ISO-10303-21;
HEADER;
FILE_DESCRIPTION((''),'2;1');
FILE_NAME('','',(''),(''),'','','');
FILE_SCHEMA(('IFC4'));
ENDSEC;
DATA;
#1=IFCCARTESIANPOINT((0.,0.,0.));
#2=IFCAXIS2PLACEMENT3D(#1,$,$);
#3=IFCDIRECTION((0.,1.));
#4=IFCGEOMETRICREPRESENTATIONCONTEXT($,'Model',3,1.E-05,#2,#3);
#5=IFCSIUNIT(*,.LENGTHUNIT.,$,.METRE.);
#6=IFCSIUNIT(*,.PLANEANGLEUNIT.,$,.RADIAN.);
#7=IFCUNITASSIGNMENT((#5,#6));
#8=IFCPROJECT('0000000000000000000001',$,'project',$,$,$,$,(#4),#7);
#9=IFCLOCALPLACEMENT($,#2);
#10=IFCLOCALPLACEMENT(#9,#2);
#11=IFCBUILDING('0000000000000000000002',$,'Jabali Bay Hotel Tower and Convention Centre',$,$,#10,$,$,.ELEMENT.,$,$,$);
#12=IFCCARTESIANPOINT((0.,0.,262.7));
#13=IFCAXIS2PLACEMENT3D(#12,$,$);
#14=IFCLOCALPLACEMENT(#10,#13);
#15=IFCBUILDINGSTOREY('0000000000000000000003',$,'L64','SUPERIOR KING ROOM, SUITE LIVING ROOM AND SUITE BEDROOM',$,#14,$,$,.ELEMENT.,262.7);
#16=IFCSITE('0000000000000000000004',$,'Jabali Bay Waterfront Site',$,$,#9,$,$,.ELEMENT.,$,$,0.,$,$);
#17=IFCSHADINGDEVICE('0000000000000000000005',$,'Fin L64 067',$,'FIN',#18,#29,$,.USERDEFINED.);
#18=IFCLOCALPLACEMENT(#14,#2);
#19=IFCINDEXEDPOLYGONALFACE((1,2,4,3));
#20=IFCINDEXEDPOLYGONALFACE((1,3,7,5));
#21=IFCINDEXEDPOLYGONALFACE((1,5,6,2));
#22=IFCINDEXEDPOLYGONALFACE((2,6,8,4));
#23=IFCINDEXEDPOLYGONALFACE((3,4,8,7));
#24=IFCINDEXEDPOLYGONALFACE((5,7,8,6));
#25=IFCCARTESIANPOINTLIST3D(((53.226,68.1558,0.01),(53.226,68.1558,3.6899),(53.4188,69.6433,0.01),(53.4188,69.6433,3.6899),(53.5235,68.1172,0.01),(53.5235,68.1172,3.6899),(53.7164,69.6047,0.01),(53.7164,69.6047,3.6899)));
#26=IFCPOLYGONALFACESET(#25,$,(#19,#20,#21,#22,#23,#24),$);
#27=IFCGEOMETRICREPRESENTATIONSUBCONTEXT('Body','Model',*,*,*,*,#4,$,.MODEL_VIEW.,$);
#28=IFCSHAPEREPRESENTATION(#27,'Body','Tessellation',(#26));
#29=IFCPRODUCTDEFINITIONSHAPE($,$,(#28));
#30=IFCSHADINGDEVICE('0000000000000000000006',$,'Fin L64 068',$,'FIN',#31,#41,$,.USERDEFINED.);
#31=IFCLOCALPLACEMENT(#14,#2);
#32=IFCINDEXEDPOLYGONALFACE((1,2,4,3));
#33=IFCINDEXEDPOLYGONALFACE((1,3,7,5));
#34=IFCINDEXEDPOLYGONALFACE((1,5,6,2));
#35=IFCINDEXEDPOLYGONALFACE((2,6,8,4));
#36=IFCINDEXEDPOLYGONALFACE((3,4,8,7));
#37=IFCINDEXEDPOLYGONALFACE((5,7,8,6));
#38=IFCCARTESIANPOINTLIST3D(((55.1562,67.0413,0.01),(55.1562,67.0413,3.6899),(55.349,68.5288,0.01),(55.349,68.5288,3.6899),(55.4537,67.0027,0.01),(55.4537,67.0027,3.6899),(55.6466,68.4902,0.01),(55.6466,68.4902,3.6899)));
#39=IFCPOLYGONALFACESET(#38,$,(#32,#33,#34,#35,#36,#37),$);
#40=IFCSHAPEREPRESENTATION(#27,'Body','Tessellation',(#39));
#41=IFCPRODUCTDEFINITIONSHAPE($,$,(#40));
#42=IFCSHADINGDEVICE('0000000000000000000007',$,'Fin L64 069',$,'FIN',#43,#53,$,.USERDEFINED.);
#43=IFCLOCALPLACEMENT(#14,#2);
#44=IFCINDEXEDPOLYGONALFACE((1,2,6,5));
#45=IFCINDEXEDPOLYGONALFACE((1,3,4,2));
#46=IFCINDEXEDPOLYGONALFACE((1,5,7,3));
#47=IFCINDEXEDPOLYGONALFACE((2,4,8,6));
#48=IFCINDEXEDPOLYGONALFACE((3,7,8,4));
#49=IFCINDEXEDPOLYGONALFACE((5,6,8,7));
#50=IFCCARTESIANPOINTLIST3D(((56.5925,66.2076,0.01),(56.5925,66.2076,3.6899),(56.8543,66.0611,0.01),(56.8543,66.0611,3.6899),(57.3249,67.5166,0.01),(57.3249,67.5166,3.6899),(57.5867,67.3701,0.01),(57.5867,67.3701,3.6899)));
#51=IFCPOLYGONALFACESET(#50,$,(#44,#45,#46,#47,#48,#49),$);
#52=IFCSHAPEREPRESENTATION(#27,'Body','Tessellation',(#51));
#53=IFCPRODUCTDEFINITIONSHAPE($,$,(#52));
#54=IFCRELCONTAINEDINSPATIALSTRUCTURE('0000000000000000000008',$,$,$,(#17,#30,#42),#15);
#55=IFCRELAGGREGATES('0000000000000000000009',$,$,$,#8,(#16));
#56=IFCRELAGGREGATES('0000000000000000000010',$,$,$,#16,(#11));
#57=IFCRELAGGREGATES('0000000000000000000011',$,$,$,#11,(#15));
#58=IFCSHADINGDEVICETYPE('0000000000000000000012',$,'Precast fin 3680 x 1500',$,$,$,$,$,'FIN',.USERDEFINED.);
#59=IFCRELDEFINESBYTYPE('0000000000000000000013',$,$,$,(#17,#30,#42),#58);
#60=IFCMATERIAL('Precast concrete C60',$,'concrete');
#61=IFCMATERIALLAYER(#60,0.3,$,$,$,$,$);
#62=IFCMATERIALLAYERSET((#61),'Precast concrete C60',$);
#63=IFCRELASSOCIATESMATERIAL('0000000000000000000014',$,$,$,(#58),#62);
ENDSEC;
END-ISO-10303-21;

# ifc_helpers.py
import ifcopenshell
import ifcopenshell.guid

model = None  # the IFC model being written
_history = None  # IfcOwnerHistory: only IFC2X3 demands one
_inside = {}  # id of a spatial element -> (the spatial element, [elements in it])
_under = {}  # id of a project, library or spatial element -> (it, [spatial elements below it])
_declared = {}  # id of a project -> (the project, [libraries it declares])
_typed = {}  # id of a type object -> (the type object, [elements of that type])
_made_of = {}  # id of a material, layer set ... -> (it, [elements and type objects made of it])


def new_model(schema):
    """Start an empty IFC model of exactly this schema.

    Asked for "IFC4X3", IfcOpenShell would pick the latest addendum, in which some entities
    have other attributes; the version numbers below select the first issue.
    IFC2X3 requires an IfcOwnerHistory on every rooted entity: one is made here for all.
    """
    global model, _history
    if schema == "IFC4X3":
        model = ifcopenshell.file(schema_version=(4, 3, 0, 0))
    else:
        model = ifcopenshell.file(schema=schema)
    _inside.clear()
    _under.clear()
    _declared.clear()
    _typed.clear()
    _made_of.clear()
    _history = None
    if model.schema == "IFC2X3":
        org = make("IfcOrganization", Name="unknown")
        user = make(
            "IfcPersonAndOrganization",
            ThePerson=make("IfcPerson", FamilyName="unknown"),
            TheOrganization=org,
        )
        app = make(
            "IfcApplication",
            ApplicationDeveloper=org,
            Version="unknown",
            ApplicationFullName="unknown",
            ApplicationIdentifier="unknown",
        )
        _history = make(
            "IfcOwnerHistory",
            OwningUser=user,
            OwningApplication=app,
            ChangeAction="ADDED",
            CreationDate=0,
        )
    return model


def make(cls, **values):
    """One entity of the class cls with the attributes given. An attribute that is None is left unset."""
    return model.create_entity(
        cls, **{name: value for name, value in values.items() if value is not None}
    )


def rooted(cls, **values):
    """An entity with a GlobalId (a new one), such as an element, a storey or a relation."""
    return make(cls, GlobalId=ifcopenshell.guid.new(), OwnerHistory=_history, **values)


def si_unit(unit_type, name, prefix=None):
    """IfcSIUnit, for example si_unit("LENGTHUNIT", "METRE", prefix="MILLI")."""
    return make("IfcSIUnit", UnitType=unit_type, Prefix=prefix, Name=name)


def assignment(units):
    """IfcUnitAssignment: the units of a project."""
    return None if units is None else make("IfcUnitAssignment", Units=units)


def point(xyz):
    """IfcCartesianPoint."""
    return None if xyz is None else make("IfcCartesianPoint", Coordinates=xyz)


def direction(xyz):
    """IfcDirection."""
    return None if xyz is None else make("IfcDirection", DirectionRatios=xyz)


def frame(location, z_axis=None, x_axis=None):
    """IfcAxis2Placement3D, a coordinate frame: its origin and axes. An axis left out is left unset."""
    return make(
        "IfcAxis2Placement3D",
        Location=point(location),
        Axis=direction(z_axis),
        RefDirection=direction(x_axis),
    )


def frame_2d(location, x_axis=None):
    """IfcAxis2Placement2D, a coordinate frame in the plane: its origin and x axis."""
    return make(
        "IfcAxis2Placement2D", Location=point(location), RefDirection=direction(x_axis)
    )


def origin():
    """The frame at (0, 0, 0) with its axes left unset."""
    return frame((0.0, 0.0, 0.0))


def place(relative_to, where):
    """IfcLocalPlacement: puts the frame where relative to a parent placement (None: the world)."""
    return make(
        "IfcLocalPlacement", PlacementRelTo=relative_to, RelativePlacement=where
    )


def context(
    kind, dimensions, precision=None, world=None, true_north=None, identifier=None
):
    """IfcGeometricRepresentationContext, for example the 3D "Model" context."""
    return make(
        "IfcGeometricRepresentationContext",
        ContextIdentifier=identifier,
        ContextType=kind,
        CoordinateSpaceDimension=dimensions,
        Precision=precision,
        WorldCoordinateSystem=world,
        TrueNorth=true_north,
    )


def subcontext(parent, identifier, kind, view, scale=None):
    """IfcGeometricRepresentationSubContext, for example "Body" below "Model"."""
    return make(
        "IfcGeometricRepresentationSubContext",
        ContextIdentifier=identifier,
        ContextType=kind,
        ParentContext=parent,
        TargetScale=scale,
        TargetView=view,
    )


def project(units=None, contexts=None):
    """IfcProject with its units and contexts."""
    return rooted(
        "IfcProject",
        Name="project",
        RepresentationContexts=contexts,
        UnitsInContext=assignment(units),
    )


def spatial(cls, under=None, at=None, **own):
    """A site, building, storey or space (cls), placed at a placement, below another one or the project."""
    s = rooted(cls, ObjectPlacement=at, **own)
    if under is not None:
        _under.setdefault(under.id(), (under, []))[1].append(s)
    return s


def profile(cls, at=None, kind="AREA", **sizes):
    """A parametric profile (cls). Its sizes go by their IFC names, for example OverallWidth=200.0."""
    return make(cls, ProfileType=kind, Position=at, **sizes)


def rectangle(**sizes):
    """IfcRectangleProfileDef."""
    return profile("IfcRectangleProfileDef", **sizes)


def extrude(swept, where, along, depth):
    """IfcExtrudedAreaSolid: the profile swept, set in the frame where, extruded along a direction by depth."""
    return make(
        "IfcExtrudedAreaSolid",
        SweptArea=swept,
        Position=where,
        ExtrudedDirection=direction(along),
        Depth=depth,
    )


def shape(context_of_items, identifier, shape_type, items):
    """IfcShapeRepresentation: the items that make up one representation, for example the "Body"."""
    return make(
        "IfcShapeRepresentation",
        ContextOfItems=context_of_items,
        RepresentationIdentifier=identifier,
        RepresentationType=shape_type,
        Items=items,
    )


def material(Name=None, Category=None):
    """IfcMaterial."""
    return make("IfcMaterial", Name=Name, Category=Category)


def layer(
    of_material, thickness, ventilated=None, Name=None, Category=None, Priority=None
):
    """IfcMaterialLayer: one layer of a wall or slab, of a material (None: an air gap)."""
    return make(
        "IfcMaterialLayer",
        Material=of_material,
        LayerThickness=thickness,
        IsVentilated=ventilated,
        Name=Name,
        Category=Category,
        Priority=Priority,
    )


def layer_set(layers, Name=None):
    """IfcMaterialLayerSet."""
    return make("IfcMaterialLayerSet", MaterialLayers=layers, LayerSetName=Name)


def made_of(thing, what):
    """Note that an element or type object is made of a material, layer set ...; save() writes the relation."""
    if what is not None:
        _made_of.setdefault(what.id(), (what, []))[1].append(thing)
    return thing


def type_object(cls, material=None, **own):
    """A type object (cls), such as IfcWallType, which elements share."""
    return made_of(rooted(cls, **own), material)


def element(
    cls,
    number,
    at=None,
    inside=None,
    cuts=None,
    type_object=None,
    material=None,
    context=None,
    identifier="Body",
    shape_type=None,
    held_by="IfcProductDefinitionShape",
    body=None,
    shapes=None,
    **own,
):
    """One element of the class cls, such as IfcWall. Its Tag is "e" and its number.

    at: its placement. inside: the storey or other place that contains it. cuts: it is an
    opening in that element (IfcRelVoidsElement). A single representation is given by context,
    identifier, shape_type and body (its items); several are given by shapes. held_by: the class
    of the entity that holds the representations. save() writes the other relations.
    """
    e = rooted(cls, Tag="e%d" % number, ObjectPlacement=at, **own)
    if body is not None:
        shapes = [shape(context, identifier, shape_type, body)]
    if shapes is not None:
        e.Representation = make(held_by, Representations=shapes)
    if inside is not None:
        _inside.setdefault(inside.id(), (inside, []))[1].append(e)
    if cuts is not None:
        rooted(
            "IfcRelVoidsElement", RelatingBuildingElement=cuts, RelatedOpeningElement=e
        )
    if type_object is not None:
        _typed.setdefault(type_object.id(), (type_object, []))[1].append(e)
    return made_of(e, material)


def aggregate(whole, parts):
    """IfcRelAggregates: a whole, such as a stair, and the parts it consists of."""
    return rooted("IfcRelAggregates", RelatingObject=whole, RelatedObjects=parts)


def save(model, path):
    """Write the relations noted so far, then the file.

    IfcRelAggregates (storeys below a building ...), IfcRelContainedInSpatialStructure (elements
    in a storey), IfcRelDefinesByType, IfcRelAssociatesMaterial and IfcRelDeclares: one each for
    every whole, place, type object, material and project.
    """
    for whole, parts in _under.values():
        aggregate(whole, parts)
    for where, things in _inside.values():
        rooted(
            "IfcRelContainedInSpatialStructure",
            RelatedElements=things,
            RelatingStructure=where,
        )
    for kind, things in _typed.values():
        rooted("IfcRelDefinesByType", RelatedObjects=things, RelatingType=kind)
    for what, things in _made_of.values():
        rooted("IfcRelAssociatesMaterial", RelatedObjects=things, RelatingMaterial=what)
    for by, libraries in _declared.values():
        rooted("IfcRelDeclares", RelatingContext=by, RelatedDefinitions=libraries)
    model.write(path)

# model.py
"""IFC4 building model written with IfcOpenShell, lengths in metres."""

from ifc_helpers import new_model, si_unit, direction, frame, frame_2d, origin, place, context, subcontext, project, spatial, rectangle, extrude, material, layer, layer_set, type_object, element, save


model = new_model("IFC4")

# Units and contexts
model_context = context("Model", 3, precision=1e-05, world=origin(), true_north=direction((0.0, 1.0)))
body_context = subcontext(model_context, "Body", "Model", "MODEL_VIEW")
ifc_project = project(units=[si_unit("LENGTHUNIT", "METRE"), si_unit("PLANEANGLEUNIT", "RADIAN")], contexts=[model_context])

# Site, building, storey
site_placement = place(None, origin())
site = spatial("IfcSite", under=ifc_project, at=site_placement, Name="Jabali Bay Waterfront Site", CompositionType="ELEMENT", RefElevation=0.0)
building_placement = place(site_placement, origin())
building = spatial("IfcBuilding", under=site, at=building_placement, Name="Jabali Bay Hotel Tower and Convention Centre", CompositionType="ELEMENT")
storey_placement = place(building_placement, frame((0.0, 0.0, 262.7)))
storey = spatial("IfcBuildingStorey", under=building, at=storey_placement, Name="L64", Description="SUPERIOR KING ROOM, SUITE LIVING ROOM AND SUITE BEDROOM", CompositionType="ELEMENT", Elevation=262.7)

# Shading devices
ifc_material_1 = material(Name="Precast concrete C60", Category="concrete")
ifc_layer_1 = layer(ifc_material_1, 0.3)
ifc_layer_set_1 = layer_set([ifc_layer_1], Name="Precast concrete C60")
shading_device_type = type_object("IfcShadingDeviceType", Name="Precast fin 3680 x 1500", ElementType="FIN", PredefinedType="USERDEFINED", material=ifc_layer_set_1)
for number, where, z_axis, x_axis, name in (
    (1, (53.5676, 69.624, 0.01), (0.0, 0.0, 1.0), (-0.128581, -0.991699, 0.0), "Fin L64 067"),
    (2, (55.4978, 68.5095, 0.01), (0.0, 0.0, 1.0), (-0.128581, -0.991699, 0.0), "Fin L64 068"),
    (3, (57.4558, 67.4434, 0.01), (0.0, 0.0, 1.0), (-0.488266, -0.872695, 0.0), "Fin L64 069"),
):
    element("IfcShadingDevice", number, at=place(storey_placement, frame(where, z_axis=z_axis, x_axis=x_axis)), inside=storey, type_object=shading_device_type, Name=name, ObjectType="FIN", PredefinedType="USERDEFINED", context=body_context, shape_type="SweptSolid", body=[
        extrude(rectangle(XDim=1.5, YDim=0.3, at=frame_2d((0.75, 0.0))), origin(), (0.0, 0.0, 1.0), 3.6799),
    ])

save(model, "model.ifc")
